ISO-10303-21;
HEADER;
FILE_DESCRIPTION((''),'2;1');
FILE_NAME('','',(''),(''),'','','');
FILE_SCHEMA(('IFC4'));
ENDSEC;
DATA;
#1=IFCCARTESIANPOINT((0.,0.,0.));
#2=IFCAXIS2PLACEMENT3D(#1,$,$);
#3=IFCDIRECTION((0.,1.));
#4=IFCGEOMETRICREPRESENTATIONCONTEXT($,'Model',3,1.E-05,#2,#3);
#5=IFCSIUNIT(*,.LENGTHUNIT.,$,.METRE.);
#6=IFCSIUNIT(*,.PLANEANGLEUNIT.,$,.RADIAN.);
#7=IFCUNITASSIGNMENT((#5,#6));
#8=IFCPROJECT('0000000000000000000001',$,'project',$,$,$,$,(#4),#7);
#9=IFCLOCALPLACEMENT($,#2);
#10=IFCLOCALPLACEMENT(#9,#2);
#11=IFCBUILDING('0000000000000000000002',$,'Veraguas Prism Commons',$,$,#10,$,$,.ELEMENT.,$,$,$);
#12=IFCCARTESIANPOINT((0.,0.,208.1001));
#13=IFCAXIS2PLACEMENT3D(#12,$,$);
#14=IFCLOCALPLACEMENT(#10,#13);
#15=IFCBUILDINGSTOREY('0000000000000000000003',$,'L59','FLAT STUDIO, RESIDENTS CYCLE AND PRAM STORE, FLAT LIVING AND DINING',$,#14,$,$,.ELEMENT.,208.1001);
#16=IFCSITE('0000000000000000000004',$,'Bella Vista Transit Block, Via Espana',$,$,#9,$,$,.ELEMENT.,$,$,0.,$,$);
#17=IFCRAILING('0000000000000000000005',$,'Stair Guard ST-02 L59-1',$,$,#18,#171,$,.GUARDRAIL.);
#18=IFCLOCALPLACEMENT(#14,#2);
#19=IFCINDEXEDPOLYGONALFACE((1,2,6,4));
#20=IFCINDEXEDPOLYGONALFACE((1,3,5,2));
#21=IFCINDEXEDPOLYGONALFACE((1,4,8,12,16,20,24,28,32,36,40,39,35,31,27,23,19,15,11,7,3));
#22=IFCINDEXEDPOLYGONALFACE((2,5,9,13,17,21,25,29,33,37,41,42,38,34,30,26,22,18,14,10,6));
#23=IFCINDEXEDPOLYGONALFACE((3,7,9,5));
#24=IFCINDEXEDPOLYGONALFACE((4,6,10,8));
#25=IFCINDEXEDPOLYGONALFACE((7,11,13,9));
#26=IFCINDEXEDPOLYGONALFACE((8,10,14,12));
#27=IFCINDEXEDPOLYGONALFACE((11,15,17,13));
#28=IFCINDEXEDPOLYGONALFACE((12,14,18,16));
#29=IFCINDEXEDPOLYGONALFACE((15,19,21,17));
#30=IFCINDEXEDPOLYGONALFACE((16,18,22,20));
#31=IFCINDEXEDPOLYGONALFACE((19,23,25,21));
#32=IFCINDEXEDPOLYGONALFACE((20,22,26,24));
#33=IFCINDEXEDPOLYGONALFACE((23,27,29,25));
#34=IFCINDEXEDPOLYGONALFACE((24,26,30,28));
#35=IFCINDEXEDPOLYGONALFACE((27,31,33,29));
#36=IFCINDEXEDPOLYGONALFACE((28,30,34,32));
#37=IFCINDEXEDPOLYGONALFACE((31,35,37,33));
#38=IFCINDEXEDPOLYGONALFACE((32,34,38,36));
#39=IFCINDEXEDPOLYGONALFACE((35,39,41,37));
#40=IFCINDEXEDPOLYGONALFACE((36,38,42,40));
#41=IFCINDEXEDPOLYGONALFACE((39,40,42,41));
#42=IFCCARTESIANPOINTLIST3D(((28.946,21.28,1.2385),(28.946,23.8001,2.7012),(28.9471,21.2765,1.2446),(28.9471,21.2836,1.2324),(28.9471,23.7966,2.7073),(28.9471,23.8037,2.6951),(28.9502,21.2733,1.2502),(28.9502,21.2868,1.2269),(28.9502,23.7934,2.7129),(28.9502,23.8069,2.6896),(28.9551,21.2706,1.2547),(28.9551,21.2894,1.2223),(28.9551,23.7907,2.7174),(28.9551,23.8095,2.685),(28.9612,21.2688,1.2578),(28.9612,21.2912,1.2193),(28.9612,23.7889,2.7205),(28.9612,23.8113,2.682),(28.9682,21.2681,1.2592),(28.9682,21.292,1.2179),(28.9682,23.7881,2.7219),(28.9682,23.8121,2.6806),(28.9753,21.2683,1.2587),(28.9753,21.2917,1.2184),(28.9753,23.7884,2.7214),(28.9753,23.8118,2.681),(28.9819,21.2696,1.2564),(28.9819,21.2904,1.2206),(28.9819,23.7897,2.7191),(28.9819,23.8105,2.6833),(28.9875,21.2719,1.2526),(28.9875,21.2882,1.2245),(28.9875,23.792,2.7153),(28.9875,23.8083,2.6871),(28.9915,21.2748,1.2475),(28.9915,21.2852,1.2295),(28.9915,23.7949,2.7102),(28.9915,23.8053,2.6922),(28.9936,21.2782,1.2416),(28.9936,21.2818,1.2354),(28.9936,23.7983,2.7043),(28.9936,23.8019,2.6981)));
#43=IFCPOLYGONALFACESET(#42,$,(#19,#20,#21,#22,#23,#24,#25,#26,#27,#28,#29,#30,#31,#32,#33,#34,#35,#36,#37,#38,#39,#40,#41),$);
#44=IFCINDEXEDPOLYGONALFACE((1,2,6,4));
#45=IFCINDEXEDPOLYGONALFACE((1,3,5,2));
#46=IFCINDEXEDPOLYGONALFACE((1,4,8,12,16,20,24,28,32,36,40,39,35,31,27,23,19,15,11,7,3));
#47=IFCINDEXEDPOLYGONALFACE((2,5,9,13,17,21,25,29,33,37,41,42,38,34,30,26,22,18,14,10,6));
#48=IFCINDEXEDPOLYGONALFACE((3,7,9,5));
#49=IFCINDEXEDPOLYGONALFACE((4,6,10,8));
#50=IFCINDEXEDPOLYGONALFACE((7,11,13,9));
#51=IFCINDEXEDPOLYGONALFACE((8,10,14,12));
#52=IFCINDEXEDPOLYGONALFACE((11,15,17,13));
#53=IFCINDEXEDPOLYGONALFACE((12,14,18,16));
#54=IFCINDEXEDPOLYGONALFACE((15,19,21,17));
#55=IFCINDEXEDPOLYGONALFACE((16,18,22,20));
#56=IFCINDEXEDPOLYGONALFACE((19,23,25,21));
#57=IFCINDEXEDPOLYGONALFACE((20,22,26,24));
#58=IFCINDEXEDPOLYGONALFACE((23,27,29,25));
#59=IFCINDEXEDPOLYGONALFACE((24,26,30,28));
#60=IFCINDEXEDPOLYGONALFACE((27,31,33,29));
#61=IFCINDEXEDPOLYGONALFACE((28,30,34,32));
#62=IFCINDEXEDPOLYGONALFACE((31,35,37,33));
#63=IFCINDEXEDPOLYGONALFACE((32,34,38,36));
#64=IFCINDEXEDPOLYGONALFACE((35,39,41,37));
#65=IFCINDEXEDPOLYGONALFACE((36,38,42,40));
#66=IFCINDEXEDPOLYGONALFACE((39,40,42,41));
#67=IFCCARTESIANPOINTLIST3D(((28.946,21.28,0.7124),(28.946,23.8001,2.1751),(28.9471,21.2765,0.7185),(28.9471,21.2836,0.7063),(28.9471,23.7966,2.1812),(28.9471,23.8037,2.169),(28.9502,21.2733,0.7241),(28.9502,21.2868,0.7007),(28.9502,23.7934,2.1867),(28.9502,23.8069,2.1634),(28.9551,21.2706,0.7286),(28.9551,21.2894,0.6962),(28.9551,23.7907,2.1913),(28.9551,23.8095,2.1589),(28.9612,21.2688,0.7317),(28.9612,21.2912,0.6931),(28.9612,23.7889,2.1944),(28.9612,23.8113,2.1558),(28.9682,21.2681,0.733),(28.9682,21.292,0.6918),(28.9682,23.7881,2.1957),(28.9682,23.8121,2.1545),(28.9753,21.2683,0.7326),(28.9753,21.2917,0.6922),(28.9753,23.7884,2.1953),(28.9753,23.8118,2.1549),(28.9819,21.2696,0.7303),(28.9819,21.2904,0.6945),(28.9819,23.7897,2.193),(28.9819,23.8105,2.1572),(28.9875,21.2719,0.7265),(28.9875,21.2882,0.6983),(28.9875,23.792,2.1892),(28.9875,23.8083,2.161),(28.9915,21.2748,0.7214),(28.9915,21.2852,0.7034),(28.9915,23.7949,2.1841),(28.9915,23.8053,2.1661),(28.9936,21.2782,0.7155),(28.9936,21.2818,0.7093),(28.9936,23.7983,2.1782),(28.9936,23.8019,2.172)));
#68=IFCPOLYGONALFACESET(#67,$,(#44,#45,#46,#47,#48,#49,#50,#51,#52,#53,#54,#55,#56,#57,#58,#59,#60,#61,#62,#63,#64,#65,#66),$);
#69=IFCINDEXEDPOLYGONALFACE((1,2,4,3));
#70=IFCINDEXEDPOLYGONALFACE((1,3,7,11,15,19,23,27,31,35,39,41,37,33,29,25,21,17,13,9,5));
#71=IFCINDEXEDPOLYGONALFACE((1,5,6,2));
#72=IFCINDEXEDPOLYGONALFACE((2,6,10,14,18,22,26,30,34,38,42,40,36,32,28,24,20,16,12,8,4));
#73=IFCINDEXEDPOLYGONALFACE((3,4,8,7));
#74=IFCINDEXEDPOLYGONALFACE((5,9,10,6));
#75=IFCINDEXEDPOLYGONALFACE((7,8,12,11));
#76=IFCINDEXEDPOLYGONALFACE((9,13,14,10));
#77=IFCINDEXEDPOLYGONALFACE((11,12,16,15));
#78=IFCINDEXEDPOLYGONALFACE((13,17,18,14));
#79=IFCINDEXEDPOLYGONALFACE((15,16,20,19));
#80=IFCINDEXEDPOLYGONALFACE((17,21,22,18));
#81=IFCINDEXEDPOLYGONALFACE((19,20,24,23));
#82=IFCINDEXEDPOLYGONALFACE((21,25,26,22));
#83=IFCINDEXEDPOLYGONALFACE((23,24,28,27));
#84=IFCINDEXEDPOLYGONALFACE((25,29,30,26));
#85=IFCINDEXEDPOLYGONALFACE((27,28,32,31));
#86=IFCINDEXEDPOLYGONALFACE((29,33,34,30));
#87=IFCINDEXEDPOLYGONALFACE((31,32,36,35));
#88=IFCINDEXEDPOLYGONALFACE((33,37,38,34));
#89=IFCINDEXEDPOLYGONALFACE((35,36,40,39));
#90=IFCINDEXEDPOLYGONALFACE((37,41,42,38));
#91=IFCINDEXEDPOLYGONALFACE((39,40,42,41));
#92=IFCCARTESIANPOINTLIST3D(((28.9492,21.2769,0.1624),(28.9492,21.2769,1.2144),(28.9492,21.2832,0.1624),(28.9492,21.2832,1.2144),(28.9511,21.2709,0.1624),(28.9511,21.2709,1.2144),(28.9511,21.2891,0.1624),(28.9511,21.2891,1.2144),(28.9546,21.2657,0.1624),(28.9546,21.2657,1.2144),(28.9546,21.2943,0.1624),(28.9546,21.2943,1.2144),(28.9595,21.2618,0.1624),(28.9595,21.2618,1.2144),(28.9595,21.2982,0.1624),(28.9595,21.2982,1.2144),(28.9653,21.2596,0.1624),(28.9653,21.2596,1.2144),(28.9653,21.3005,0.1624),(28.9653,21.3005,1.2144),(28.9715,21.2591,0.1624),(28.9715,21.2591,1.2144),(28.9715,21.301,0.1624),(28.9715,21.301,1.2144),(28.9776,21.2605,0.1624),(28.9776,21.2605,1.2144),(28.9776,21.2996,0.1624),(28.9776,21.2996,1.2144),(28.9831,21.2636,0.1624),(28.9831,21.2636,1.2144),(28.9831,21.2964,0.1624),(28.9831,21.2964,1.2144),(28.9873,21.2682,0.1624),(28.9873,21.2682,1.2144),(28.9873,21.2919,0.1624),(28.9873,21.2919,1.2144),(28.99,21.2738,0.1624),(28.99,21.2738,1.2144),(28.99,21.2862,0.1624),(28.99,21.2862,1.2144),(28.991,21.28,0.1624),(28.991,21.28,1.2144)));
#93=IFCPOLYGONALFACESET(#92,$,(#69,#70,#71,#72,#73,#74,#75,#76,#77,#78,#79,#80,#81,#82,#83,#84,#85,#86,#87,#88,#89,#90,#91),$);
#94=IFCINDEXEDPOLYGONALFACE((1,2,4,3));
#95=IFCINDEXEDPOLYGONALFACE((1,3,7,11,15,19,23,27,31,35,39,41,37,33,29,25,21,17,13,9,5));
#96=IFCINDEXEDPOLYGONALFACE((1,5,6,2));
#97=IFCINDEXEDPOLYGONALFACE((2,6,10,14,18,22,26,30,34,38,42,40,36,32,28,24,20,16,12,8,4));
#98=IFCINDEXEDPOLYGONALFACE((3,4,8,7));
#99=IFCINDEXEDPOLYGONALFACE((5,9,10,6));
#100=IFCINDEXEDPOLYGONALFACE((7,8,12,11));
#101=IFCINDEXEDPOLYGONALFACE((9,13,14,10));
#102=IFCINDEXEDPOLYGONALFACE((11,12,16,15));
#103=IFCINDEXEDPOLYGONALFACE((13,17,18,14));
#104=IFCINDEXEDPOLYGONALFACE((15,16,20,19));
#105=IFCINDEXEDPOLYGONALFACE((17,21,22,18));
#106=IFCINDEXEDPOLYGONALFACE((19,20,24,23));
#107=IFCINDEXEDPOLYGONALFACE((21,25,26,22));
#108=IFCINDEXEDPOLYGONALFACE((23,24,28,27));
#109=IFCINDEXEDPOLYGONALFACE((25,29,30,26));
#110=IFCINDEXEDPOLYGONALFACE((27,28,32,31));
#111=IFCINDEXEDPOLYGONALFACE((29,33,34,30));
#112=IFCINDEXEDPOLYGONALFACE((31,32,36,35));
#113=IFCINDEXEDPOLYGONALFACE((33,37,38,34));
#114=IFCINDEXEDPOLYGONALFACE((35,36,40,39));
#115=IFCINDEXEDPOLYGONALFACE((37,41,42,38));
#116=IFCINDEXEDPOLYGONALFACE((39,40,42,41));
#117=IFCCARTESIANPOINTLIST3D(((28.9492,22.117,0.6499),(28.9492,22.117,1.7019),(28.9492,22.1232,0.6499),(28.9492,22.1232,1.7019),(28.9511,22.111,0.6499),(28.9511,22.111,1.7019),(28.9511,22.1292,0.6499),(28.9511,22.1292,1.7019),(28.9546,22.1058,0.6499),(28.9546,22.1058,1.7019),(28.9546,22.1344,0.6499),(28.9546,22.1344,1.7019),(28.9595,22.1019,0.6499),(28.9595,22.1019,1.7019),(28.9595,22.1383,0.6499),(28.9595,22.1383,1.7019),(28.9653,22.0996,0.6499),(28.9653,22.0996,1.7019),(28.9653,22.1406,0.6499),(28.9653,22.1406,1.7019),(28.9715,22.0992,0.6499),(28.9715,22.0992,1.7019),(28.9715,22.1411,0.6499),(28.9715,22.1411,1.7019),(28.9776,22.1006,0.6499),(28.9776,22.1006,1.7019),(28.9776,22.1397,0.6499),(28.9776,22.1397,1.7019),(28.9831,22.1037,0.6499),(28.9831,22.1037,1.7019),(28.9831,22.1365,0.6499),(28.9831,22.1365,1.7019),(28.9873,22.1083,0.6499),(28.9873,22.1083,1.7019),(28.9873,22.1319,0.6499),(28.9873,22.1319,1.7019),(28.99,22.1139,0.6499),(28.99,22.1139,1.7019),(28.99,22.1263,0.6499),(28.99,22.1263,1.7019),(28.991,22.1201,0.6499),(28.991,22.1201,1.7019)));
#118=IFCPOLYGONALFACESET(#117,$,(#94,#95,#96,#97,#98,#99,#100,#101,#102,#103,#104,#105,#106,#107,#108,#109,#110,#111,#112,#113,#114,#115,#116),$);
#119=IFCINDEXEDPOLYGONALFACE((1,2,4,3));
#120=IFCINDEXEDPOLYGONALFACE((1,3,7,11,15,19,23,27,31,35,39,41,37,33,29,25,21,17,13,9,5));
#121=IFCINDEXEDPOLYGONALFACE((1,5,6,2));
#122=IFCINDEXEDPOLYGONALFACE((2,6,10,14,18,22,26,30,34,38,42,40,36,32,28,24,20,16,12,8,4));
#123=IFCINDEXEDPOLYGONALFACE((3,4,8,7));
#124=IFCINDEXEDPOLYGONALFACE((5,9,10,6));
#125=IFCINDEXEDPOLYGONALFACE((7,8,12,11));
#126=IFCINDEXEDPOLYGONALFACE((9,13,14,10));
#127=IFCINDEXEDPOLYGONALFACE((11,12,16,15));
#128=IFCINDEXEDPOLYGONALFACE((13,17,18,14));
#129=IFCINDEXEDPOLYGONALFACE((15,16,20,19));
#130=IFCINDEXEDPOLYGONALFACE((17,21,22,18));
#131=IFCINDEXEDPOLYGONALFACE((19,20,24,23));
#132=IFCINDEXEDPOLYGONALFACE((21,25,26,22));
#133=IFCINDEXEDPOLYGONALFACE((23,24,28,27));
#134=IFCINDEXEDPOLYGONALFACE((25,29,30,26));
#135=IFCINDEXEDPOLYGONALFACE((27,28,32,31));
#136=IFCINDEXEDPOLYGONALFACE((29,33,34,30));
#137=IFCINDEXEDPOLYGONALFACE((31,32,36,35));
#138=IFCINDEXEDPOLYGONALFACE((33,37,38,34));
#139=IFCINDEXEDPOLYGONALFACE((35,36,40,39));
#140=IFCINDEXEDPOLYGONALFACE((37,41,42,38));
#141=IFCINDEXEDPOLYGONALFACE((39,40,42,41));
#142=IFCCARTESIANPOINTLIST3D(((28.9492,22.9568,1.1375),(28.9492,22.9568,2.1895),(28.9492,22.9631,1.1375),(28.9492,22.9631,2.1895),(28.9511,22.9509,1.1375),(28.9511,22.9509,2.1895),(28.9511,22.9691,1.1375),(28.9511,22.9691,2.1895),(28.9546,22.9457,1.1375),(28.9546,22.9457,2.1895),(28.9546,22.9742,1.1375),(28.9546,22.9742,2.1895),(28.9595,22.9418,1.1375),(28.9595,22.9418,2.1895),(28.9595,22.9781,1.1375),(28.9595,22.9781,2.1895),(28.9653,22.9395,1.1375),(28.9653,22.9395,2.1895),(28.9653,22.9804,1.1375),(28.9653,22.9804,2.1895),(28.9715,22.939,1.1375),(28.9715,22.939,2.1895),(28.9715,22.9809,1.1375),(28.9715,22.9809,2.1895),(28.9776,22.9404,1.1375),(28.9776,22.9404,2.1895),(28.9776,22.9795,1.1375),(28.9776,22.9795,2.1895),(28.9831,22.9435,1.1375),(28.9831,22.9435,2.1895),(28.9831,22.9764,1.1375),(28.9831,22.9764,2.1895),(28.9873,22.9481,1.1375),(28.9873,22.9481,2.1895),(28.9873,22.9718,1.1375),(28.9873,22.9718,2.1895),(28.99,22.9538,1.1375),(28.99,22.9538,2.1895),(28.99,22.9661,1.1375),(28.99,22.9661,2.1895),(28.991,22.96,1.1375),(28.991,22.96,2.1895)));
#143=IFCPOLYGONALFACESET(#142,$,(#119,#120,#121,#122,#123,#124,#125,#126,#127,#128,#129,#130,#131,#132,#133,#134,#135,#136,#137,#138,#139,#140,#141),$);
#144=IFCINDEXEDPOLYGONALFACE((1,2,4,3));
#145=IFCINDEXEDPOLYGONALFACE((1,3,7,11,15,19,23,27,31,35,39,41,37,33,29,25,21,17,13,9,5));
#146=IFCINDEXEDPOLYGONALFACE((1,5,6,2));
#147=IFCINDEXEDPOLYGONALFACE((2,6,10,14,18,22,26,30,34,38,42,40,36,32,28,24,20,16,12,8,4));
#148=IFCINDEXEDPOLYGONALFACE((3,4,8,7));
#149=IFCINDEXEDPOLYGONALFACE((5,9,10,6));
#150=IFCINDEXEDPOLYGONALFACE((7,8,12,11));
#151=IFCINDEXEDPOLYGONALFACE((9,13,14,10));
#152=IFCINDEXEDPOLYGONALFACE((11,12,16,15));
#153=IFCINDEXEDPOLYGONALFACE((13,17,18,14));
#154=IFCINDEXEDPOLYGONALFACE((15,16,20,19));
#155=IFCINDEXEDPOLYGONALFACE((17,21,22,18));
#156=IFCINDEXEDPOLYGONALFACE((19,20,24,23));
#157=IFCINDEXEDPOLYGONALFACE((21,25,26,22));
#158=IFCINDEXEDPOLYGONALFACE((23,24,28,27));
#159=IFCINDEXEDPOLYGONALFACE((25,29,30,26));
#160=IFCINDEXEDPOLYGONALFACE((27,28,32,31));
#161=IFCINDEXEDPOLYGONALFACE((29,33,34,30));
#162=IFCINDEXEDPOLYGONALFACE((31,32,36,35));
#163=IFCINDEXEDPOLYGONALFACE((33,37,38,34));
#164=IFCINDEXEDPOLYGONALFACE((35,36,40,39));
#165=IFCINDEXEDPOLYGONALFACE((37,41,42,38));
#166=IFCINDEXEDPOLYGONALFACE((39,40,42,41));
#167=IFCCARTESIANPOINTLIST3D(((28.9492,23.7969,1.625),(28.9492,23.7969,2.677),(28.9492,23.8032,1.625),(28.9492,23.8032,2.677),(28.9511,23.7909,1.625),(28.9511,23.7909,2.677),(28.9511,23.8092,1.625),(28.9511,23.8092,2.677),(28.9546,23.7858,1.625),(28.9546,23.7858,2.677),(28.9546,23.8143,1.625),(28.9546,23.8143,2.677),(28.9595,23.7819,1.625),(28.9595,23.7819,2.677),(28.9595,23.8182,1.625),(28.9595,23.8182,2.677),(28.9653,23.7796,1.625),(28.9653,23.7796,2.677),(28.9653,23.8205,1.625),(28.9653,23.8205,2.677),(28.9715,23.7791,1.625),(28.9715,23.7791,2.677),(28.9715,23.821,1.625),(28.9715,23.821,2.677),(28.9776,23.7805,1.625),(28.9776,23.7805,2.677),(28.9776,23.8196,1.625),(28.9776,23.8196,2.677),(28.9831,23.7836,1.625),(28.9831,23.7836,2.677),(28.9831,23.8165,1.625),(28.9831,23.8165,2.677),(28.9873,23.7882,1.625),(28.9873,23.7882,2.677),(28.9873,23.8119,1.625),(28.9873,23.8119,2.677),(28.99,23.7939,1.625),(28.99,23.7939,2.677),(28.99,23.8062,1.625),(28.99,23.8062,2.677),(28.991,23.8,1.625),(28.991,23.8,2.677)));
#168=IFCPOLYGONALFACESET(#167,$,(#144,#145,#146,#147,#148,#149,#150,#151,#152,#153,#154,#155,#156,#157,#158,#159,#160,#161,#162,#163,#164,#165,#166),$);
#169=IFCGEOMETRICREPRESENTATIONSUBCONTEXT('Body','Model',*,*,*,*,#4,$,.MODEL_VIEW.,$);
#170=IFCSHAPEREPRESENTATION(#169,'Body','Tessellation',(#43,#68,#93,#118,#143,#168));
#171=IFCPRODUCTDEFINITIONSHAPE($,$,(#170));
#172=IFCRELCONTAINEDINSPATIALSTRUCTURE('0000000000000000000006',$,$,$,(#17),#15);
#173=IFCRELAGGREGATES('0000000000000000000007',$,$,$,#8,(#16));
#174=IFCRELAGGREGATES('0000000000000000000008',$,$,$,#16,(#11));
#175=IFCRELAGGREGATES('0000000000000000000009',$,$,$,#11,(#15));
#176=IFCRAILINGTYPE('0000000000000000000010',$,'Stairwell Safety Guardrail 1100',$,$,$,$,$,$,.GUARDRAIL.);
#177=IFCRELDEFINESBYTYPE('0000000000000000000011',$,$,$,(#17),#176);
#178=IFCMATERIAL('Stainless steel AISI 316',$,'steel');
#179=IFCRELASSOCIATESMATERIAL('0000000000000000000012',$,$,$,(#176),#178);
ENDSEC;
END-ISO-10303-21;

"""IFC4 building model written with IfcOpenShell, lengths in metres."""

from ifc_helpers import new_model, si_unit, direction, frame, origin, origin_2d, place, context, subcontext, project, spatial, circle, extrude, material, type_object, element, save


model = new_model("IFC4")

# Units and contexts
model_context = context("Model", 3, precision=1e-05, world=origin(), true_north=direction((0.0, 1.0)))
body_context = subcontext(model_context, "Body", "Model", "MODEL_VIEW")
ifc_project = project(units=[si_unit("LENGTHUNIT", "METRE"), si_unit("PLANEANGLEUNIT", "RADIAN")], contexts=[model_context])

# Site, building, storey
site_placement = place(None, origin())
site = spatial("IfcSite", under=ifc_project, at=site_placement, Name="Bella Vista Transit Block, Via Espana", CompositionType="ELEMENT", RefElevation=0.0)
building_placement = place(site_placement, origin())
building = spatial("IfcBuilding", under=site, at=building_placement, Name="Veraguas Prism Commons", CompositionType="ELEMENT")
storey_placement = place(building_placement, frame((0.0, 0.0, 208.1001)))
storey = spatial("IfcBuildingStorey", under=building, at=storey_placement, Name="L59", Description="FLAT STUDIO, RESIDENTS CYCLE AND PRAM STORE, FLAT LIVING AND DINING", CompositionType="ELEMENT", Elevation=208.1001)

# Shared definitions
ifc_material_1 = material(Name="Stainless steel AISI 316", Category="steel")

# Railing
railing_type = type_object("IfcRailingType", Name="Stairwell Safety Guardrail 1100", PredefinedType="GUARDRAIL", material=ifc_material_1)
railing_1_placement = place(storey_placement, frame((28.97, 21.28, 0.1624)))
element("IfcRailing", 1, at=railing_1_placement, inside=storey, type_object=railing_type, Name="Stair Guard ST-02 L59-1", PredefinedType="GUARDRAIL", context=body_context, shape_type="SweptSolid", body=[
    extrude(circle(Radius=0.0239, at=origin_2d()), frame((0.0, 0.0, 1.0762), z_axis=(0.0, 0.864877, 0.501984), x_axis=(-1.0, 0.0, 0.0)), (0.0, 0.0, 1.0), 2.9138),
    extrude(circle(Radius=0.0239, at=origin_2d()), frame((0.0, 0.0, 0.55), z_axis=(0.0, 0.864877, 0.501984), x_axis=(-1.0, 0.0, 0.0)), (0.0, 0.0, 1.0), 2.9138),
    extrude(circle(Radius=0.021, at=origin_2d()), origin(), (0.0, 0.0, 1.0), 1.052),
    extrude(circle(Radius=0.021, at=origin_2d()), frame((0.0, 0.8401, 0.4875)), (0.0, 0.0, 1.0), 1.052),
    extrude(circle(Radius=0.021, at=origin_2d()), frame((0.0, 1.6799, 0.9751)), (0.0, 0.0, 1.0), 1.052),
    extrude(circle(Radius=0.021, at=origin_2d()), frame((0.0, 2.52, 1.4626)), (0.0, 0.0, 1.0), 1.052),
])

save(model, "model.ifc")
